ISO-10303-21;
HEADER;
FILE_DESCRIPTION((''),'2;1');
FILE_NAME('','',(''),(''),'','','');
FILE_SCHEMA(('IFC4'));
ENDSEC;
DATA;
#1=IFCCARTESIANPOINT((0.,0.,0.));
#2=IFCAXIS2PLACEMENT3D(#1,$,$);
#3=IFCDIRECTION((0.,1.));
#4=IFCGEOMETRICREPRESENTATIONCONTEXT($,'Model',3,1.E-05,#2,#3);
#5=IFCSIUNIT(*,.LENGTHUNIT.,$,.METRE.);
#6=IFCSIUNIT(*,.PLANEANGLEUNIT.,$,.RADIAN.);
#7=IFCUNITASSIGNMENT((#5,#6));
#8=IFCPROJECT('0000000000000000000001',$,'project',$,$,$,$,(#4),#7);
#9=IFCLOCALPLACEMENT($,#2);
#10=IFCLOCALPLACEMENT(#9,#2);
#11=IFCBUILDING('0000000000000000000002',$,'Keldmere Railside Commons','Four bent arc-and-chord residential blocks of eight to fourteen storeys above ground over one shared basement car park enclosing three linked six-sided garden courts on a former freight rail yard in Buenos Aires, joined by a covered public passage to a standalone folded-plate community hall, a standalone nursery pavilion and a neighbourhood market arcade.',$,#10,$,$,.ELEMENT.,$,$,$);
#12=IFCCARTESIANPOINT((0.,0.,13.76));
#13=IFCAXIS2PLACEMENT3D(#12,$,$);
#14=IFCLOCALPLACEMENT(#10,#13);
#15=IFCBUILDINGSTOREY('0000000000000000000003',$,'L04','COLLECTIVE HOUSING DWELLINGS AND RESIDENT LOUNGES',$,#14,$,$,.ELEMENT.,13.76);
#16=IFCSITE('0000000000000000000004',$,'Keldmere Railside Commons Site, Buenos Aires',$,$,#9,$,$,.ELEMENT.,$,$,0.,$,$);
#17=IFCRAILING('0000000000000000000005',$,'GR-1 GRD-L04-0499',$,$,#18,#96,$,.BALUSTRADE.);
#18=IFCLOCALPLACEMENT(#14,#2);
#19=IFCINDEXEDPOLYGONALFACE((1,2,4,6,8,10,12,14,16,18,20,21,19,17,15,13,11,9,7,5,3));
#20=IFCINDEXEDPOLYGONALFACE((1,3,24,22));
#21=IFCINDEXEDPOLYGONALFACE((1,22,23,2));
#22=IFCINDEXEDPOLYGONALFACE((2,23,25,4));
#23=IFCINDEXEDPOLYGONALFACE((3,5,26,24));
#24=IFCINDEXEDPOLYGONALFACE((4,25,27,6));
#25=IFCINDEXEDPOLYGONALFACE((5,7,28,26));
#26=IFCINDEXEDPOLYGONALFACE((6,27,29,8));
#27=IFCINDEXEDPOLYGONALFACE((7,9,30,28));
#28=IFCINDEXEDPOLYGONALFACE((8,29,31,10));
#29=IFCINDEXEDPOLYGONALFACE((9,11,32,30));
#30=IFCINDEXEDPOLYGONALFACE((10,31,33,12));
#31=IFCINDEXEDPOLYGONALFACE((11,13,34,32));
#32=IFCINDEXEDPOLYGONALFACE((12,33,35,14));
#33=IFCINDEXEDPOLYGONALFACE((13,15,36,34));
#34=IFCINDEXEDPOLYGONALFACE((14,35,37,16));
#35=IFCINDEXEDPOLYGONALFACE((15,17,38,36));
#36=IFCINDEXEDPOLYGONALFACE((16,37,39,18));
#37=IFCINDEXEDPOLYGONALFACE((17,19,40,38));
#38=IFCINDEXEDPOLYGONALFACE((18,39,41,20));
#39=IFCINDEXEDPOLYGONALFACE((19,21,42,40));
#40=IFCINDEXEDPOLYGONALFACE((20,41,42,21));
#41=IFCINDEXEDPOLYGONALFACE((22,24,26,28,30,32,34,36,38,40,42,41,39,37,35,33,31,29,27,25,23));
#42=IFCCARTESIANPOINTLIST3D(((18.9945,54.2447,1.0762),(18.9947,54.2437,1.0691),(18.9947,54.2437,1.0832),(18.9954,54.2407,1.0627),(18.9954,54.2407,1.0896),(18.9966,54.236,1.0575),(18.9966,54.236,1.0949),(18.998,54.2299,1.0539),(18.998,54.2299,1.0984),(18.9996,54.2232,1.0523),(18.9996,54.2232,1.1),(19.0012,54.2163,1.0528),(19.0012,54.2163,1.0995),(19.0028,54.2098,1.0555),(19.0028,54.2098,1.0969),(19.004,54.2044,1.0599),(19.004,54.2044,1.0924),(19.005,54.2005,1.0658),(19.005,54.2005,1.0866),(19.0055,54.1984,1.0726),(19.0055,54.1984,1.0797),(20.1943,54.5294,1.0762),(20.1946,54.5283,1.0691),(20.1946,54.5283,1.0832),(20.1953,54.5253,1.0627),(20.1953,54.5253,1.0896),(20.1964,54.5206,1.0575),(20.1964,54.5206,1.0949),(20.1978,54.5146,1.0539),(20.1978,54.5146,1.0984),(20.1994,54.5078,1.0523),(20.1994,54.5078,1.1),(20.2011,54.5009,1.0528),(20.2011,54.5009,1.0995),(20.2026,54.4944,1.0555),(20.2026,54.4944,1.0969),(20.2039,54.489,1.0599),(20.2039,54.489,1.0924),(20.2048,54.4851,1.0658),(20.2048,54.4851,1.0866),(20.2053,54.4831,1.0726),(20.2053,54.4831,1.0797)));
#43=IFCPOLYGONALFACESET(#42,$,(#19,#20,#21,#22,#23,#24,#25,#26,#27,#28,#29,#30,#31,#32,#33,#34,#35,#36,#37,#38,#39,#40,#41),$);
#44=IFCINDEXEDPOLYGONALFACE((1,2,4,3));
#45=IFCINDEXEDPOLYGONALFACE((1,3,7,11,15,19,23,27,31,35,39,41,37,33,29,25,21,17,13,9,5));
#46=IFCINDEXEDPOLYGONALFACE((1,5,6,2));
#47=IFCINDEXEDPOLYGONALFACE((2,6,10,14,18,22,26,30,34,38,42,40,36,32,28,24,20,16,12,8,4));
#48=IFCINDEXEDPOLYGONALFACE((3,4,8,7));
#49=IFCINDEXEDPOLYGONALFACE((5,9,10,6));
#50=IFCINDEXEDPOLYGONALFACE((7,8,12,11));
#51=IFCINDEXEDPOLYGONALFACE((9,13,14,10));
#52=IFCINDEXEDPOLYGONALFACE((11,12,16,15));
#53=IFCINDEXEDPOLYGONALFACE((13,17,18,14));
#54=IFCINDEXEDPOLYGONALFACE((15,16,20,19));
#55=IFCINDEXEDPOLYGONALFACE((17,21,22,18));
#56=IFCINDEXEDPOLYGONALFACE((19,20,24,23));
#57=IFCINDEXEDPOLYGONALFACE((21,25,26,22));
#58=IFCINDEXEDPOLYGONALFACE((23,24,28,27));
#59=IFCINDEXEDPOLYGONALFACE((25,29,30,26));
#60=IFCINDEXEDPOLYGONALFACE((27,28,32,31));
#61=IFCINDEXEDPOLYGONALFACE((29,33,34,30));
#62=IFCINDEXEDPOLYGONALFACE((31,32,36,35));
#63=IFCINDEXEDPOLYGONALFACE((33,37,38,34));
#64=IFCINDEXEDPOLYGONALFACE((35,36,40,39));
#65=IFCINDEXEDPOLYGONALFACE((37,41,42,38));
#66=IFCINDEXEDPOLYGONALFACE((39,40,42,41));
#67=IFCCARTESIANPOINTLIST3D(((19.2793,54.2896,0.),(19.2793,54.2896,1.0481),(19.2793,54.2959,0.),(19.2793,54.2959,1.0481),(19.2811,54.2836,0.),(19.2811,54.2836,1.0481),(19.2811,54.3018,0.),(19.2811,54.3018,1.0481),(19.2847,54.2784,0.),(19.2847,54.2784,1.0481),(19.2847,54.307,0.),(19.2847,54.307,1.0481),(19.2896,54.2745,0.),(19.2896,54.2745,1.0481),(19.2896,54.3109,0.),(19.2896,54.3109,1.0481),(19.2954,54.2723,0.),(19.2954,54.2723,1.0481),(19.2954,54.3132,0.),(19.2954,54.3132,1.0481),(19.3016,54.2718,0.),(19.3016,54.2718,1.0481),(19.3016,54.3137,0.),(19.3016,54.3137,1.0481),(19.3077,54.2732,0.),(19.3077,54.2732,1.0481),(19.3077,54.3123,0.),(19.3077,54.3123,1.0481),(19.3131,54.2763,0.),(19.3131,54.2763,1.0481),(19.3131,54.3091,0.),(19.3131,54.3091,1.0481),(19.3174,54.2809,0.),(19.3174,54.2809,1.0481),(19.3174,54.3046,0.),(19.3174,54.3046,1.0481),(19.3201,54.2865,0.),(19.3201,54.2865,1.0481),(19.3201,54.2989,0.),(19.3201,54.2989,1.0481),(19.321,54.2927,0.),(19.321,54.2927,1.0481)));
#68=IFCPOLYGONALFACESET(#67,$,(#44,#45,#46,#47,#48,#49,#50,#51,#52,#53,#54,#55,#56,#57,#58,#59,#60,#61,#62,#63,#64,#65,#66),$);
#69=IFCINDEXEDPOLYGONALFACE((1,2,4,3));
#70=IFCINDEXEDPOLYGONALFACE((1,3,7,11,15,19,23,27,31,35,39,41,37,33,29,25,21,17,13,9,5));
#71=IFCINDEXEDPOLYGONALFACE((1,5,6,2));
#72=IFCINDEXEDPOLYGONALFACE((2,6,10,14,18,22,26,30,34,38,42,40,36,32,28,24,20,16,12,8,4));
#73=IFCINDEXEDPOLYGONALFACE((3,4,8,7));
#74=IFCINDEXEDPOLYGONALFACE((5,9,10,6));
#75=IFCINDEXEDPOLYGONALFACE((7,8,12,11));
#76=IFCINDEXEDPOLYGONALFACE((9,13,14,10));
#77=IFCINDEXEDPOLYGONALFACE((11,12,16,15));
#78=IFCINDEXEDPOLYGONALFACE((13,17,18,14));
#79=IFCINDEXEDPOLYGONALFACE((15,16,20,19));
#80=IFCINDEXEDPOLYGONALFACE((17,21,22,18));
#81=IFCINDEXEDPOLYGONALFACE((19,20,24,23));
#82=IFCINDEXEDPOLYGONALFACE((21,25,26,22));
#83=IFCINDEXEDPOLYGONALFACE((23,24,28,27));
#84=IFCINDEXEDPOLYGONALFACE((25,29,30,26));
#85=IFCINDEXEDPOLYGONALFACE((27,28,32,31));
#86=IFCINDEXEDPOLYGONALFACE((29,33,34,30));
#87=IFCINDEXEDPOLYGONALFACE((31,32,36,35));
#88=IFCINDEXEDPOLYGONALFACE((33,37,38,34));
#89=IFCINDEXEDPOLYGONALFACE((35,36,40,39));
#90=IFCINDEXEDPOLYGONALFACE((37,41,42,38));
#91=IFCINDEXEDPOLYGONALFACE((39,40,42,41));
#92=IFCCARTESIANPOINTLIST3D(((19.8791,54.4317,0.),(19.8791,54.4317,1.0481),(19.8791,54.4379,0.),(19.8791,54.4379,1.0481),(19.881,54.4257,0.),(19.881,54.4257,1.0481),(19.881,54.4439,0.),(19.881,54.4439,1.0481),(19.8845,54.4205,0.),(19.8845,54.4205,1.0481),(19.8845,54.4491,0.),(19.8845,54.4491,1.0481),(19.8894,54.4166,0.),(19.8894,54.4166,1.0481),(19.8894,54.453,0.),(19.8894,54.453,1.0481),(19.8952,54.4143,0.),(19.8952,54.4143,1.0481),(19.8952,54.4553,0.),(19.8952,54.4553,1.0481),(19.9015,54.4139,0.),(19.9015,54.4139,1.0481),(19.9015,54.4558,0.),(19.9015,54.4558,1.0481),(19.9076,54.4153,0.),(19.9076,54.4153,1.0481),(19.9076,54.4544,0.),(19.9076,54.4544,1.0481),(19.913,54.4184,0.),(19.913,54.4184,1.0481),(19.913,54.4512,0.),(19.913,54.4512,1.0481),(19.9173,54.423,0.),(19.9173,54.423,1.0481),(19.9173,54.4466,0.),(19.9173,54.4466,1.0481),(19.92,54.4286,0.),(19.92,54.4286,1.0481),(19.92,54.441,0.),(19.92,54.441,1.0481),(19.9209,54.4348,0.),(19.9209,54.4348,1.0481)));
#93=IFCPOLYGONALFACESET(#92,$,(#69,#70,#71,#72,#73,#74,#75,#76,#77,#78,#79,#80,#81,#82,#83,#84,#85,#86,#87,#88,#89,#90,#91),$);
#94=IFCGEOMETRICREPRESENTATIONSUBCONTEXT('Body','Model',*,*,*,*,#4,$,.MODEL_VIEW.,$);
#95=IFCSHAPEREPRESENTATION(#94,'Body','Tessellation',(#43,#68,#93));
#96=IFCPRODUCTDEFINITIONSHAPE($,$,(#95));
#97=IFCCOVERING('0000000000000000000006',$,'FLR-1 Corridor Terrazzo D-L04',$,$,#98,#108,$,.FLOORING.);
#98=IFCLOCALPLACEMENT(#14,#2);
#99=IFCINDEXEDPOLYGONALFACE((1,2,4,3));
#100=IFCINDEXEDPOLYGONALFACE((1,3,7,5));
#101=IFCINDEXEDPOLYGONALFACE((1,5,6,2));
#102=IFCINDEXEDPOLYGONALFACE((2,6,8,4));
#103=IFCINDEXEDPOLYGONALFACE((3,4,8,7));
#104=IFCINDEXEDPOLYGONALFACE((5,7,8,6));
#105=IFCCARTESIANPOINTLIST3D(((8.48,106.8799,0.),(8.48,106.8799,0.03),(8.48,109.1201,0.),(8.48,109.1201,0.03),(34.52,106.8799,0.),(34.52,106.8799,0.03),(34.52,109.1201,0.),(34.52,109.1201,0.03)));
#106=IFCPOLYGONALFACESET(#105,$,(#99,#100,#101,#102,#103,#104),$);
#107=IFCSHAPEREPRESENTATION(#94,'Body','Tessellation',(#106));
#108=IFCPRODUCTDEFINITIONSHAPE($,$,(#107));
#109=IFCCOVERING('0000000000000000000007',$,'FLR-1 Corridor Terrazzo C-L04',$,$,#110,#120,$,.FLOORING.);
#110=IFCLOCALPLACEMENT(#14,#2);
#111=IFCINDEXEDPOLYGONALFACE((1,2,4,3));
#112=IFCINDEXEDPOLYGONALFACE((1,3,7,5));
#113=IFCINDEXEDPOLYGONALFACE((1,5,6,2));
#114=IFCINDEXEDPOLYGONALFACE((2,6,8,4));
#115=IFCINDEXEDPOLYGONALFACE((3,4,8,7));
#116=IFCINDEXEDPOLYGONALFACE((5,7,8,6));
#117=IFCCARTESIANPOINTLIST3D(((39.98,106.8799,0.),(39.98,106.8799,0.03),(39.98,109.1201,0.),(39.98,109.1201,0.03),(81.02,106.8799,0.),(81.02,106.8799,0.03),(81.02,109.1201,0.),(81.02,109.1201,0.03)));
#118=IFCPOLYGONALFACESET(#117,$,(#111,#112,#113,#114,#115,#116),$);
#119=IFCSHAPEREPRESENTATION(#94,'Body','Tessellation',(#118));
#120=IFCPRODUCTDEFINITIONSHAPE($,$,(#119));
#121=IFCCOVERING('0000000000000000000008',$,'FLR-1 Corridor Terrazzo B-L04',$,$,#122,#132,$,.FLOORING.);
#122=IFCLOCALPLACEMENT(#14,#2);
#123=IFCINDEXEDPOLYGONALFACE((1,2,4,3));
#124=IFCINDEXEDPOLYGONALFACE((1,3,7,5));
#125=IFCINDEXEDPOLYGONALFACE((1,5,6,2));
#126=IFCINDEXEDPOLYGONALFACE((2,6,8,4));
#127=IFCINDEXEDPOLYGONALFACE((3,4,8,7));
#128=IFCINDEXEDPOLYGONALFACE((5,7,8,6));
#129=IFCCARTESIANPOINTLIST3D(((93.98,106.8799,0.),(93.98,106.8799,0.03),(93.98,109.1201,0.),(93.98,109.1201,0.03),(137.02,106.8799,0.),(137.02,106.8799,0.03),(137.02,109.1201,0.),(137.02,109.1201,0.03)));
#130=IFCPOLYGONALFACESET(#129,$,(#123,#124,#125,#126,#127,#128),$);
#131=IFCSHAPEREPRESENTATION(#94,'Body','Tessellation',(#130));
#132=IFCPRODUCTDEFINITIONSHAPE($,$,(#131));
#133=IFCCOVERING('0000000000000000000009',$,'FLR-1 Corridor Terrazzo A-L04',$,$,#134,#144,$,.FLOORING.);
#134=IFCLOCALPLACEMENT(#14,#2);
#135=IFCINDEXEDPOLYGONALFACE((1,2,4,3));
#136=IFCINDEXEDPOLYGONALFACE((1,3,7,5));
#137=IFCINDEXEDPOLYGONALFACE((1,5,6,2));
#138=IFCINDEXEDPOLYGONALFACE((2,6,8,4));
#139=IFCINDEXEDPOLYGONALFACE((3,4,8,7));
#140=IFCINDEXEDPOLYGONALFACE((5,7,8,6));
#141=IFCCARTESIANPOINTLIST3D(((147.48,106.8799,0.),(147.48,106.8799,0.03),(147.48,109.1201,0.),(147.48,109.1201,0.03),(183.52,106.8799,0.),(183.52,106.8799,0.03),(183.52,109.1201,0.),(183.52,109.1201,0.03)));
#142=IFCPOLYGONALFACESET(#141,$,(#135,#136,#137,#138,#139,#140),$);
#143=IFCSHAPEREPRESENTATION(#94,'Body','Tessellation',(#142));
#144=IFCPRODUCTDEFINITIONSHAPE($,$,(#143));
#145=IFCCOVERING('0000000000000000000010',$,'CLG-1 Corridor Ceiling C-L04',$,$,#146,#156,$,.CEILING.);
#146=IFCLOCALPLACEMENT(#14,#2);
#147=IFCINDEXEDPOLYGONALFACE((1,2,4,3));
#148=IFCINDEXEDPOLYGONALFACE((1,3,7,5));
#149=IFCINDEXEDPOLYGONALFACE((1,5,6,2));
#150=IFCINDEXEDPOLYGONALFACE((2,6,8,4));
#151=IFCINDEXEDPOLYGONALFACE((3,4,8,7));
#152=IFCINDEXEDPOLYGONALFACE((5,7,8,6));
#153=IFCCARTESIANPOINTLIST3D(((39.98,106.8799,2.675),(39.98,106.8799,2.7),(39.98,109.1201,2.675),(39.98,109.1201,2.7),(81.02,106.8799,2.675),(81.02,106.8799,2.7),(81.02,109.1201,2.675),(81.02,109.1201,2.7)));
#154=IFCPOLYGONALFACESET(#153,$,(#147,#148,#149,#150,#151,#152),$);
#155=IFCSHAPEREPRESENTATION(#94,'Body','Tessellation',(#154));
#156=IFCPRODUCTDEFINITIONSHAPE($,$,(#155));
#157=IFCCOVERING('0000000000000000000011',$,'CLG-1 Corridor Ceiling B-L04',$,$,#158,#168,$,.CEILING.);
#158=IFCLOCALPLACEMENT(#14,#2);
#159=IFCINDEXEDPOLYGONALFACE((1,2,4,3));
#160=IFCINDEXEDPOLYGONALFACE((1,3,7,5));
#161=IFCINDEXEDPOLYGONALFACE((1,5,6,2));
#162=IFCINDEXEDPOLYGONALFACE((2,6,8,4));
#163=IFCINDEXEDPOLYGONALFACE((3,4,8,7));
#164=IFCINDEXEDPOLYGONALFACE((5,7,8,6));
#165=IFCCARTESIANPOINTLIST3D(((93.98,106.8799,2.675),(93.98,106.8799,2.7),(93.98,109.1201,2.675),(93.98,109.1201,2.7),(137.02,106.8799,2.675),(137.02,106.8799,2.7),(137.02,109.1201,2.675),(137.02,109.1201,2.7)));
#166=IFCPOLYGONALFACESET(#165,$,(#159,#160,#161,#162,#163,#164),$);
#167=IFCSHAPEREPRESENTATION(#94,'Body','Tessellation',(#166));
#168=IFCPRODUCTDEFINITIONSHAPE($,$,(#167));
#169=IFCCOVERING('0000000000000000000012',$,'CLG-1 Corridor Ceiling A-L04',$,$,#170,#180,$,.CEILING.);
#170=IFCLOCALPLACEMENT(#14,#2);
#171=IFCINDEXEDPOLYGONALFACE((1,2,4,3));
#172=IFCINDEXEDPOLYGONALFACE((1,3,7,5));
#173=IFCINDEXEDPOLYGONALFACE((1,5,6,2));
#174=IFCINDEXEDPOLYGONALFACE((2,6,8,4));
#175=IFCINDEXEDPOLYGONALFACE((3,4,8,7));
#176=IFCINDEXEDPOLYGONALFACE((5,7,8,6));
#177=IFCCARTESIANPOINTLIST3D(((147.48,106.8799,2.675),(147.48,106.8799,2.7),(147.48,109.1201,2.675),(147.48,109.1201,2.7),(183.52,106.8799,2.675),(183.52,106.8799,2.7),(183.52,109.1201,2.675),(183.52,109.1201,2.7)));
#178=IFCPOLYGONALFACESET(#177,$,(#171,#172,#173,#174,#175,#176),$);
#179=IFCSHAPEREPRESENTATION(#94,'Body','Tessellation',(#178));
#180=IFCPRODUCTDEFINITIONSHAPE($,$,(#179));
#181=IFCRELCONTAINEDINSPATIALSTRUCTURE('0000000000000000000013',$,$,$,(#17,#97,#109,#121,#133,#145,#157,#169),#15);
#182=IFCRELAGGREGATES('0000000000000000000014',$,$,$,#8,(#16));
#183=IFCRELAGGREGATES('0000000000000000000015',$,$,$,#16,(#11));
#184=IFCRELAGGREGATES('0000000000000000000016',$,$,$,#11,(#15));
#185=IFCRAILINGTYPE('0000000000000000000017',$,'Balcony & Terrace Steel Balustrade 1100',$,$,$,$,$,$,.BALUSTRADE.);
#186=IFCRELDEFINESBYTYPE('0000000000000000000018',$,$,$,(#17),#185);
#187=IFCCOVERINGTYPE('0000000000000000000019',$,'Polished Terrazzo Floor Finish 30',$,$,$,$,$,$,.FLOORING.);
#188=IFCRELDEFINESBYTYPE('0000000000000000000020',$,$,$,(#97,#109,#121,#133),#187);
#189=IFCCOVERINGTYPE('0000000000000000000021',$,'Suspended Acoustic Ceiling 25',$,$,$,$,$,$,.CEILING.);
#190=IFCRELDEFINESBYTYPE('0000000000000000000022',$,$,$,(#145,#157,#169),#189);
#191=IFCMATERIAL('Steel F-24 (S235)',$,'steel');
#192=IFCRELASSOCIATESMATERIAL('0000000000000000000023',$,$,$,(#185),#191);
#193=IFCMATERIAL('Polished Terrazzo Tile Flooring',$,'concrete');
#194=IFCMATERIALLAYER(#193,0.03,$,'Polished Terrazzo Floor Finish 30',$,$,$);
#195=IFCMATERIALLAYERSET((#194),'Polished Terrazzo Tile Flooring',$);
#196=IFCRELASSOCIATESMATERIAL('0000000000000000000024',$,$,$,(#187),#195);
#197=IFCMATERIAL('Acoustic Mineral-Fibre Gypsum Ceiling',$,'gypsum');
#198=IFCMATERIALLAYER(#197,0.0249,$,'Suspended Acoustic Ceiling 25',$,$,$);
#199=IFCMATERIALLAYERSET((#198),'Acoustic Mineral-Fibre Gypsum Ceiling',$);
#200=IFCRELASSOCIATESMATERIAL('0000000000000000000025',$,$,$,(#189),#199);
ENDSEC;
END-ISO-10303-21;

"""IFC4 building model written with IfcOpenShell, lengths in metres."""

from ifc_helpers import new_model, si_unit, direction, frame, origin, origin_2d, place, context, subcontext, project, spatial, polyline, circle, outline, extrude, material, layer, layer_set, type_object, element, save


model = new_model("IFC4")

# Units and contexts
model_context = context("Model", 3, precision=1e-05, world=origin(), true_north=direction((0.0, 1.0)))
body_context = subcontext(model_context, "Body", "Model", "MODEL_VIEW")
ifc_project = project(units=[si_unit("LENGTHUNIT", "METRE"), si_unit("PLANEANGLEUNIT", "RADIAN")], contexts=[model_context])

# Site, building, storey
site_placement = place(None, origin())
site = spatial("IfcSite", under=ifc_project, at=site_placement, Name="Keldmere Railside Commons Site, Buenos Aires", CompositionType="ELEMENT", RefElevation=0.0)
building_placement = place(site_placement, origin())
building = spatial("IfcBuilding", under=site, at=building_placement, Name="Keldmere Railside Commons", Description="Four bent arc-and-chord residential blocks of eight to fourteen storeys above ground over one shared basement car park enclosing three linked six-sided garden courts on a former freight rail yard in Buenos Aires, joined by a covered public passage to a standalone folded-plate community hall, a standalone nursery pavilion and a neighbourhood market arcade.", CompositionType="ELEMENT")
storey_placement = place(building_placement, frame((0.0, 0.0, 13.76)))
storey = spatial("IfcBuildingStorey", under=building, at=storey_placement, Name="L04", Description="COLLECTIVE HOUSING DWELLINGS AND RESIDENT LOUNGES", CompositionType="ELEMENT", Elevation=13.76)

# Railing
ifc_material_1 = material(Name="Steel F-24 (S235)", Category="steel")
railing_type = type_object("IfcRailingType", Name="Balcony & Terrace Steel Balustrade 1100", PredefinedType="BALUSTRADE", material=ifc_material_1)
railing_1_placement = place(storey_placement, frame((19.0, 54.2214, 0.0)))
element("IfcRailing", 1, at=railing_1_placement, inside=storey, type_object=railing_type, Name="GR-1 GRD-L04-0499", PredefinedType="BALUSTRADE", context=body_context, shape_type="SweptSolid", body=[
    extrude(circle(Radius=0.0239, at=origin_2d()), frame((0.0, 0.0, 1.0762), z_axis=(0.972995, 0.230826, 0.0), x_axis=(-0.230826, 0.972995, 0.0)), (0.0, 0.0, 1.0), 1.2332),
    extrude(circle(Radius=0.021, at=origin_2d()), frame((0.3, 0.0713, 0.0)), (0.0, 0.0, 1.0), 1.0481),
    extrude(circle(Radius=0.021, at=origin_2d()), frame((0.8999, 0.2134, 0.0)), (0.0, 0.0, 1.0), 1.0481),
])

# Coverings
ifc_material_2 = material(Name="Polished Terrazzo Tile Flooring", Category="concrete")
ifc_layer_1 = layer(ifc_material_2, 0.03, Name="Polished Terrazzo Floor Finish 30")
ifc_layer_set_1 = layer_set([ifc_layer_1], Name="Polished Terrazzo Tile Flooring")
covering_type_1 = type_object("IfcCoveringType", Name="Polished Terrazzo Floor Finish 30", PredefinedType="FLOORING", material=ifc_layer_set_1)
covering_1_placement = place(storey_placement, origin())
element("IfcCovering", 2, at=covering_1_placement, inside=storey, type_object=covering_type_1, Name="FLR-1 Corridor Terrazzo D-L04", PredefinedType="FLOORING", context=body_context, shape_type="SweptSolid", body=[
    extrude(outline(polyline([(8.48, 106.8799), (34.52, 106.8799), (34.52, 109.1201), (8.48, 109.1201), (8.48, 106.8799)])), origin(), (0.0, 0.0, 1.0), 0.03),
])
covering_2_placement = place(storey_placement, origin())
element("IfcCovering", 3, at=covering_2_placement, inside=storey, type_object=covering_type_1, Name="FLR-1 Corridor Terrazzo C-L04", PredefinedType="FLOORING", context=body_context, shape_type="SweptSolid", body=[
    extrude(outline(polyline([(39.98, 106.8799), (81.02, 106.8799), (81.02, 109.1201), (39.98, 109.1201), (39.98, 106.8799)])), origin(), (0.0, 0.0, 1.0), 0.03),
])
covering_3_placement = place(storey_placement, origin())
element("IfcCovering", 4, at=covering_3_placement, inside=storey, type_object=covering_type_1, Name="FLR-1 Corridor Terrazzo B-L04", PredefinedType="FLOORING", context=body_context, shape_type="SweptSolid", body=[
    extrude(outline(polyline([(93.98, 106.8799), (137.02, 106.8799), (137.02, 109.1201), (93.98, 109.1201), (93.98, 106.8799)])), origin(), (0.0, 0.0, 1.0), 0.03),
])
covering_4_placement = place(storey_placement, origin())
element("IfcCovering", 5, at=covering_4_placement, inside=storey, type_object=covering_type_1, Name="FLR-1 Corridor Terrazzo A-L04", PredefinedType="FLOORING", context=body_context, shape_type="SweptSolid", body=[
    extrude(outline(polyline([(147.48, 106.8799), (183.52, 106.8799), (183.52, 109.1201), (147.48, 109.1201), (147.48, 106.8799)])), origin(), (0.0, 0.0, 1.0), 0.03),
])
ifc_material_3 = material(Name="Acoustic Mineral-Fibre Gypsum Ceiling", Category="gypsum")
ifc_layer_2 = layer(ifc_material_3, 0.0249, Name="Suspended Acoustic Ceiling 25")
ifc_layer_set_2 = layer_set([ifc_layer_2], Name="Acoustic Mineral-Fibre Gypsum Ceiling")
covering_type_2 = type_object("IfcCoveringType", Name="Suspended Acoustic Ceiling 25", PredefinedType="CEILING", material=ifc_layer_set_2)
covering_5_placement = place(storey_placement, frame((0.0, 0.0, 2.675)))
element("IfcCovering", 6, at=covering_5_placement, inside=storey, type_object=covering_type_2, Name="CLG-1 Corridor Ceiling C-L04", PredefinedType="CEILING", context=body_context, shape_type="SweptSolid", body=[
    extrude(outline(polyline([(39.98, 106.8799), (81.02, 106.8799), (81.02, 109.1201), (39.98, 109.1201), (39.98, 106.8799)])), origin(), (0.0, 0.0, 1.0), 0.0249),
])
covering_6_placement = place(storey_placement, frame((0.0, 0.0, 2.675)))
element("IfcCovering", 7, at=covering_6_placement, inside=storey, type_object=covering_type_2, Name="CLG-1 Corridor Ceiling B-L04", PredefinedType="CEILING", context=body_context, shape_type="SweptSolid", body=[
    extrude(outline(polyline([(93.98, 106.8799), (137.02, 106.8799), (137.02, 109.1201), (93.98, 109.1201), (93.98, 106.8799)])), origin(), (0.0, 0.0, 1.0), 0.0249),
])
covering_7_placement = place(storey_placement, frame((0.0, 0.0, 2.675)))
element("IfcCovering", 8, at=covering_7_placement, inside=storey, type_object=covering_type_2, Name="CLG-1 Corridor Ceiling A-L04", PredefinedType="CEILING", context=body_context, shape_type="SweptSolid", body=[
    extrude(outline(polyline([(147.48, 106.8799), (183.52, 106.8799), (183.52, 109.1201), (147.48, 109.1201), (147.48, 106.8799)])), origin(), (0.0, 0.0, 1.0), 0.0249),
])

save(model, "model.ifc")
